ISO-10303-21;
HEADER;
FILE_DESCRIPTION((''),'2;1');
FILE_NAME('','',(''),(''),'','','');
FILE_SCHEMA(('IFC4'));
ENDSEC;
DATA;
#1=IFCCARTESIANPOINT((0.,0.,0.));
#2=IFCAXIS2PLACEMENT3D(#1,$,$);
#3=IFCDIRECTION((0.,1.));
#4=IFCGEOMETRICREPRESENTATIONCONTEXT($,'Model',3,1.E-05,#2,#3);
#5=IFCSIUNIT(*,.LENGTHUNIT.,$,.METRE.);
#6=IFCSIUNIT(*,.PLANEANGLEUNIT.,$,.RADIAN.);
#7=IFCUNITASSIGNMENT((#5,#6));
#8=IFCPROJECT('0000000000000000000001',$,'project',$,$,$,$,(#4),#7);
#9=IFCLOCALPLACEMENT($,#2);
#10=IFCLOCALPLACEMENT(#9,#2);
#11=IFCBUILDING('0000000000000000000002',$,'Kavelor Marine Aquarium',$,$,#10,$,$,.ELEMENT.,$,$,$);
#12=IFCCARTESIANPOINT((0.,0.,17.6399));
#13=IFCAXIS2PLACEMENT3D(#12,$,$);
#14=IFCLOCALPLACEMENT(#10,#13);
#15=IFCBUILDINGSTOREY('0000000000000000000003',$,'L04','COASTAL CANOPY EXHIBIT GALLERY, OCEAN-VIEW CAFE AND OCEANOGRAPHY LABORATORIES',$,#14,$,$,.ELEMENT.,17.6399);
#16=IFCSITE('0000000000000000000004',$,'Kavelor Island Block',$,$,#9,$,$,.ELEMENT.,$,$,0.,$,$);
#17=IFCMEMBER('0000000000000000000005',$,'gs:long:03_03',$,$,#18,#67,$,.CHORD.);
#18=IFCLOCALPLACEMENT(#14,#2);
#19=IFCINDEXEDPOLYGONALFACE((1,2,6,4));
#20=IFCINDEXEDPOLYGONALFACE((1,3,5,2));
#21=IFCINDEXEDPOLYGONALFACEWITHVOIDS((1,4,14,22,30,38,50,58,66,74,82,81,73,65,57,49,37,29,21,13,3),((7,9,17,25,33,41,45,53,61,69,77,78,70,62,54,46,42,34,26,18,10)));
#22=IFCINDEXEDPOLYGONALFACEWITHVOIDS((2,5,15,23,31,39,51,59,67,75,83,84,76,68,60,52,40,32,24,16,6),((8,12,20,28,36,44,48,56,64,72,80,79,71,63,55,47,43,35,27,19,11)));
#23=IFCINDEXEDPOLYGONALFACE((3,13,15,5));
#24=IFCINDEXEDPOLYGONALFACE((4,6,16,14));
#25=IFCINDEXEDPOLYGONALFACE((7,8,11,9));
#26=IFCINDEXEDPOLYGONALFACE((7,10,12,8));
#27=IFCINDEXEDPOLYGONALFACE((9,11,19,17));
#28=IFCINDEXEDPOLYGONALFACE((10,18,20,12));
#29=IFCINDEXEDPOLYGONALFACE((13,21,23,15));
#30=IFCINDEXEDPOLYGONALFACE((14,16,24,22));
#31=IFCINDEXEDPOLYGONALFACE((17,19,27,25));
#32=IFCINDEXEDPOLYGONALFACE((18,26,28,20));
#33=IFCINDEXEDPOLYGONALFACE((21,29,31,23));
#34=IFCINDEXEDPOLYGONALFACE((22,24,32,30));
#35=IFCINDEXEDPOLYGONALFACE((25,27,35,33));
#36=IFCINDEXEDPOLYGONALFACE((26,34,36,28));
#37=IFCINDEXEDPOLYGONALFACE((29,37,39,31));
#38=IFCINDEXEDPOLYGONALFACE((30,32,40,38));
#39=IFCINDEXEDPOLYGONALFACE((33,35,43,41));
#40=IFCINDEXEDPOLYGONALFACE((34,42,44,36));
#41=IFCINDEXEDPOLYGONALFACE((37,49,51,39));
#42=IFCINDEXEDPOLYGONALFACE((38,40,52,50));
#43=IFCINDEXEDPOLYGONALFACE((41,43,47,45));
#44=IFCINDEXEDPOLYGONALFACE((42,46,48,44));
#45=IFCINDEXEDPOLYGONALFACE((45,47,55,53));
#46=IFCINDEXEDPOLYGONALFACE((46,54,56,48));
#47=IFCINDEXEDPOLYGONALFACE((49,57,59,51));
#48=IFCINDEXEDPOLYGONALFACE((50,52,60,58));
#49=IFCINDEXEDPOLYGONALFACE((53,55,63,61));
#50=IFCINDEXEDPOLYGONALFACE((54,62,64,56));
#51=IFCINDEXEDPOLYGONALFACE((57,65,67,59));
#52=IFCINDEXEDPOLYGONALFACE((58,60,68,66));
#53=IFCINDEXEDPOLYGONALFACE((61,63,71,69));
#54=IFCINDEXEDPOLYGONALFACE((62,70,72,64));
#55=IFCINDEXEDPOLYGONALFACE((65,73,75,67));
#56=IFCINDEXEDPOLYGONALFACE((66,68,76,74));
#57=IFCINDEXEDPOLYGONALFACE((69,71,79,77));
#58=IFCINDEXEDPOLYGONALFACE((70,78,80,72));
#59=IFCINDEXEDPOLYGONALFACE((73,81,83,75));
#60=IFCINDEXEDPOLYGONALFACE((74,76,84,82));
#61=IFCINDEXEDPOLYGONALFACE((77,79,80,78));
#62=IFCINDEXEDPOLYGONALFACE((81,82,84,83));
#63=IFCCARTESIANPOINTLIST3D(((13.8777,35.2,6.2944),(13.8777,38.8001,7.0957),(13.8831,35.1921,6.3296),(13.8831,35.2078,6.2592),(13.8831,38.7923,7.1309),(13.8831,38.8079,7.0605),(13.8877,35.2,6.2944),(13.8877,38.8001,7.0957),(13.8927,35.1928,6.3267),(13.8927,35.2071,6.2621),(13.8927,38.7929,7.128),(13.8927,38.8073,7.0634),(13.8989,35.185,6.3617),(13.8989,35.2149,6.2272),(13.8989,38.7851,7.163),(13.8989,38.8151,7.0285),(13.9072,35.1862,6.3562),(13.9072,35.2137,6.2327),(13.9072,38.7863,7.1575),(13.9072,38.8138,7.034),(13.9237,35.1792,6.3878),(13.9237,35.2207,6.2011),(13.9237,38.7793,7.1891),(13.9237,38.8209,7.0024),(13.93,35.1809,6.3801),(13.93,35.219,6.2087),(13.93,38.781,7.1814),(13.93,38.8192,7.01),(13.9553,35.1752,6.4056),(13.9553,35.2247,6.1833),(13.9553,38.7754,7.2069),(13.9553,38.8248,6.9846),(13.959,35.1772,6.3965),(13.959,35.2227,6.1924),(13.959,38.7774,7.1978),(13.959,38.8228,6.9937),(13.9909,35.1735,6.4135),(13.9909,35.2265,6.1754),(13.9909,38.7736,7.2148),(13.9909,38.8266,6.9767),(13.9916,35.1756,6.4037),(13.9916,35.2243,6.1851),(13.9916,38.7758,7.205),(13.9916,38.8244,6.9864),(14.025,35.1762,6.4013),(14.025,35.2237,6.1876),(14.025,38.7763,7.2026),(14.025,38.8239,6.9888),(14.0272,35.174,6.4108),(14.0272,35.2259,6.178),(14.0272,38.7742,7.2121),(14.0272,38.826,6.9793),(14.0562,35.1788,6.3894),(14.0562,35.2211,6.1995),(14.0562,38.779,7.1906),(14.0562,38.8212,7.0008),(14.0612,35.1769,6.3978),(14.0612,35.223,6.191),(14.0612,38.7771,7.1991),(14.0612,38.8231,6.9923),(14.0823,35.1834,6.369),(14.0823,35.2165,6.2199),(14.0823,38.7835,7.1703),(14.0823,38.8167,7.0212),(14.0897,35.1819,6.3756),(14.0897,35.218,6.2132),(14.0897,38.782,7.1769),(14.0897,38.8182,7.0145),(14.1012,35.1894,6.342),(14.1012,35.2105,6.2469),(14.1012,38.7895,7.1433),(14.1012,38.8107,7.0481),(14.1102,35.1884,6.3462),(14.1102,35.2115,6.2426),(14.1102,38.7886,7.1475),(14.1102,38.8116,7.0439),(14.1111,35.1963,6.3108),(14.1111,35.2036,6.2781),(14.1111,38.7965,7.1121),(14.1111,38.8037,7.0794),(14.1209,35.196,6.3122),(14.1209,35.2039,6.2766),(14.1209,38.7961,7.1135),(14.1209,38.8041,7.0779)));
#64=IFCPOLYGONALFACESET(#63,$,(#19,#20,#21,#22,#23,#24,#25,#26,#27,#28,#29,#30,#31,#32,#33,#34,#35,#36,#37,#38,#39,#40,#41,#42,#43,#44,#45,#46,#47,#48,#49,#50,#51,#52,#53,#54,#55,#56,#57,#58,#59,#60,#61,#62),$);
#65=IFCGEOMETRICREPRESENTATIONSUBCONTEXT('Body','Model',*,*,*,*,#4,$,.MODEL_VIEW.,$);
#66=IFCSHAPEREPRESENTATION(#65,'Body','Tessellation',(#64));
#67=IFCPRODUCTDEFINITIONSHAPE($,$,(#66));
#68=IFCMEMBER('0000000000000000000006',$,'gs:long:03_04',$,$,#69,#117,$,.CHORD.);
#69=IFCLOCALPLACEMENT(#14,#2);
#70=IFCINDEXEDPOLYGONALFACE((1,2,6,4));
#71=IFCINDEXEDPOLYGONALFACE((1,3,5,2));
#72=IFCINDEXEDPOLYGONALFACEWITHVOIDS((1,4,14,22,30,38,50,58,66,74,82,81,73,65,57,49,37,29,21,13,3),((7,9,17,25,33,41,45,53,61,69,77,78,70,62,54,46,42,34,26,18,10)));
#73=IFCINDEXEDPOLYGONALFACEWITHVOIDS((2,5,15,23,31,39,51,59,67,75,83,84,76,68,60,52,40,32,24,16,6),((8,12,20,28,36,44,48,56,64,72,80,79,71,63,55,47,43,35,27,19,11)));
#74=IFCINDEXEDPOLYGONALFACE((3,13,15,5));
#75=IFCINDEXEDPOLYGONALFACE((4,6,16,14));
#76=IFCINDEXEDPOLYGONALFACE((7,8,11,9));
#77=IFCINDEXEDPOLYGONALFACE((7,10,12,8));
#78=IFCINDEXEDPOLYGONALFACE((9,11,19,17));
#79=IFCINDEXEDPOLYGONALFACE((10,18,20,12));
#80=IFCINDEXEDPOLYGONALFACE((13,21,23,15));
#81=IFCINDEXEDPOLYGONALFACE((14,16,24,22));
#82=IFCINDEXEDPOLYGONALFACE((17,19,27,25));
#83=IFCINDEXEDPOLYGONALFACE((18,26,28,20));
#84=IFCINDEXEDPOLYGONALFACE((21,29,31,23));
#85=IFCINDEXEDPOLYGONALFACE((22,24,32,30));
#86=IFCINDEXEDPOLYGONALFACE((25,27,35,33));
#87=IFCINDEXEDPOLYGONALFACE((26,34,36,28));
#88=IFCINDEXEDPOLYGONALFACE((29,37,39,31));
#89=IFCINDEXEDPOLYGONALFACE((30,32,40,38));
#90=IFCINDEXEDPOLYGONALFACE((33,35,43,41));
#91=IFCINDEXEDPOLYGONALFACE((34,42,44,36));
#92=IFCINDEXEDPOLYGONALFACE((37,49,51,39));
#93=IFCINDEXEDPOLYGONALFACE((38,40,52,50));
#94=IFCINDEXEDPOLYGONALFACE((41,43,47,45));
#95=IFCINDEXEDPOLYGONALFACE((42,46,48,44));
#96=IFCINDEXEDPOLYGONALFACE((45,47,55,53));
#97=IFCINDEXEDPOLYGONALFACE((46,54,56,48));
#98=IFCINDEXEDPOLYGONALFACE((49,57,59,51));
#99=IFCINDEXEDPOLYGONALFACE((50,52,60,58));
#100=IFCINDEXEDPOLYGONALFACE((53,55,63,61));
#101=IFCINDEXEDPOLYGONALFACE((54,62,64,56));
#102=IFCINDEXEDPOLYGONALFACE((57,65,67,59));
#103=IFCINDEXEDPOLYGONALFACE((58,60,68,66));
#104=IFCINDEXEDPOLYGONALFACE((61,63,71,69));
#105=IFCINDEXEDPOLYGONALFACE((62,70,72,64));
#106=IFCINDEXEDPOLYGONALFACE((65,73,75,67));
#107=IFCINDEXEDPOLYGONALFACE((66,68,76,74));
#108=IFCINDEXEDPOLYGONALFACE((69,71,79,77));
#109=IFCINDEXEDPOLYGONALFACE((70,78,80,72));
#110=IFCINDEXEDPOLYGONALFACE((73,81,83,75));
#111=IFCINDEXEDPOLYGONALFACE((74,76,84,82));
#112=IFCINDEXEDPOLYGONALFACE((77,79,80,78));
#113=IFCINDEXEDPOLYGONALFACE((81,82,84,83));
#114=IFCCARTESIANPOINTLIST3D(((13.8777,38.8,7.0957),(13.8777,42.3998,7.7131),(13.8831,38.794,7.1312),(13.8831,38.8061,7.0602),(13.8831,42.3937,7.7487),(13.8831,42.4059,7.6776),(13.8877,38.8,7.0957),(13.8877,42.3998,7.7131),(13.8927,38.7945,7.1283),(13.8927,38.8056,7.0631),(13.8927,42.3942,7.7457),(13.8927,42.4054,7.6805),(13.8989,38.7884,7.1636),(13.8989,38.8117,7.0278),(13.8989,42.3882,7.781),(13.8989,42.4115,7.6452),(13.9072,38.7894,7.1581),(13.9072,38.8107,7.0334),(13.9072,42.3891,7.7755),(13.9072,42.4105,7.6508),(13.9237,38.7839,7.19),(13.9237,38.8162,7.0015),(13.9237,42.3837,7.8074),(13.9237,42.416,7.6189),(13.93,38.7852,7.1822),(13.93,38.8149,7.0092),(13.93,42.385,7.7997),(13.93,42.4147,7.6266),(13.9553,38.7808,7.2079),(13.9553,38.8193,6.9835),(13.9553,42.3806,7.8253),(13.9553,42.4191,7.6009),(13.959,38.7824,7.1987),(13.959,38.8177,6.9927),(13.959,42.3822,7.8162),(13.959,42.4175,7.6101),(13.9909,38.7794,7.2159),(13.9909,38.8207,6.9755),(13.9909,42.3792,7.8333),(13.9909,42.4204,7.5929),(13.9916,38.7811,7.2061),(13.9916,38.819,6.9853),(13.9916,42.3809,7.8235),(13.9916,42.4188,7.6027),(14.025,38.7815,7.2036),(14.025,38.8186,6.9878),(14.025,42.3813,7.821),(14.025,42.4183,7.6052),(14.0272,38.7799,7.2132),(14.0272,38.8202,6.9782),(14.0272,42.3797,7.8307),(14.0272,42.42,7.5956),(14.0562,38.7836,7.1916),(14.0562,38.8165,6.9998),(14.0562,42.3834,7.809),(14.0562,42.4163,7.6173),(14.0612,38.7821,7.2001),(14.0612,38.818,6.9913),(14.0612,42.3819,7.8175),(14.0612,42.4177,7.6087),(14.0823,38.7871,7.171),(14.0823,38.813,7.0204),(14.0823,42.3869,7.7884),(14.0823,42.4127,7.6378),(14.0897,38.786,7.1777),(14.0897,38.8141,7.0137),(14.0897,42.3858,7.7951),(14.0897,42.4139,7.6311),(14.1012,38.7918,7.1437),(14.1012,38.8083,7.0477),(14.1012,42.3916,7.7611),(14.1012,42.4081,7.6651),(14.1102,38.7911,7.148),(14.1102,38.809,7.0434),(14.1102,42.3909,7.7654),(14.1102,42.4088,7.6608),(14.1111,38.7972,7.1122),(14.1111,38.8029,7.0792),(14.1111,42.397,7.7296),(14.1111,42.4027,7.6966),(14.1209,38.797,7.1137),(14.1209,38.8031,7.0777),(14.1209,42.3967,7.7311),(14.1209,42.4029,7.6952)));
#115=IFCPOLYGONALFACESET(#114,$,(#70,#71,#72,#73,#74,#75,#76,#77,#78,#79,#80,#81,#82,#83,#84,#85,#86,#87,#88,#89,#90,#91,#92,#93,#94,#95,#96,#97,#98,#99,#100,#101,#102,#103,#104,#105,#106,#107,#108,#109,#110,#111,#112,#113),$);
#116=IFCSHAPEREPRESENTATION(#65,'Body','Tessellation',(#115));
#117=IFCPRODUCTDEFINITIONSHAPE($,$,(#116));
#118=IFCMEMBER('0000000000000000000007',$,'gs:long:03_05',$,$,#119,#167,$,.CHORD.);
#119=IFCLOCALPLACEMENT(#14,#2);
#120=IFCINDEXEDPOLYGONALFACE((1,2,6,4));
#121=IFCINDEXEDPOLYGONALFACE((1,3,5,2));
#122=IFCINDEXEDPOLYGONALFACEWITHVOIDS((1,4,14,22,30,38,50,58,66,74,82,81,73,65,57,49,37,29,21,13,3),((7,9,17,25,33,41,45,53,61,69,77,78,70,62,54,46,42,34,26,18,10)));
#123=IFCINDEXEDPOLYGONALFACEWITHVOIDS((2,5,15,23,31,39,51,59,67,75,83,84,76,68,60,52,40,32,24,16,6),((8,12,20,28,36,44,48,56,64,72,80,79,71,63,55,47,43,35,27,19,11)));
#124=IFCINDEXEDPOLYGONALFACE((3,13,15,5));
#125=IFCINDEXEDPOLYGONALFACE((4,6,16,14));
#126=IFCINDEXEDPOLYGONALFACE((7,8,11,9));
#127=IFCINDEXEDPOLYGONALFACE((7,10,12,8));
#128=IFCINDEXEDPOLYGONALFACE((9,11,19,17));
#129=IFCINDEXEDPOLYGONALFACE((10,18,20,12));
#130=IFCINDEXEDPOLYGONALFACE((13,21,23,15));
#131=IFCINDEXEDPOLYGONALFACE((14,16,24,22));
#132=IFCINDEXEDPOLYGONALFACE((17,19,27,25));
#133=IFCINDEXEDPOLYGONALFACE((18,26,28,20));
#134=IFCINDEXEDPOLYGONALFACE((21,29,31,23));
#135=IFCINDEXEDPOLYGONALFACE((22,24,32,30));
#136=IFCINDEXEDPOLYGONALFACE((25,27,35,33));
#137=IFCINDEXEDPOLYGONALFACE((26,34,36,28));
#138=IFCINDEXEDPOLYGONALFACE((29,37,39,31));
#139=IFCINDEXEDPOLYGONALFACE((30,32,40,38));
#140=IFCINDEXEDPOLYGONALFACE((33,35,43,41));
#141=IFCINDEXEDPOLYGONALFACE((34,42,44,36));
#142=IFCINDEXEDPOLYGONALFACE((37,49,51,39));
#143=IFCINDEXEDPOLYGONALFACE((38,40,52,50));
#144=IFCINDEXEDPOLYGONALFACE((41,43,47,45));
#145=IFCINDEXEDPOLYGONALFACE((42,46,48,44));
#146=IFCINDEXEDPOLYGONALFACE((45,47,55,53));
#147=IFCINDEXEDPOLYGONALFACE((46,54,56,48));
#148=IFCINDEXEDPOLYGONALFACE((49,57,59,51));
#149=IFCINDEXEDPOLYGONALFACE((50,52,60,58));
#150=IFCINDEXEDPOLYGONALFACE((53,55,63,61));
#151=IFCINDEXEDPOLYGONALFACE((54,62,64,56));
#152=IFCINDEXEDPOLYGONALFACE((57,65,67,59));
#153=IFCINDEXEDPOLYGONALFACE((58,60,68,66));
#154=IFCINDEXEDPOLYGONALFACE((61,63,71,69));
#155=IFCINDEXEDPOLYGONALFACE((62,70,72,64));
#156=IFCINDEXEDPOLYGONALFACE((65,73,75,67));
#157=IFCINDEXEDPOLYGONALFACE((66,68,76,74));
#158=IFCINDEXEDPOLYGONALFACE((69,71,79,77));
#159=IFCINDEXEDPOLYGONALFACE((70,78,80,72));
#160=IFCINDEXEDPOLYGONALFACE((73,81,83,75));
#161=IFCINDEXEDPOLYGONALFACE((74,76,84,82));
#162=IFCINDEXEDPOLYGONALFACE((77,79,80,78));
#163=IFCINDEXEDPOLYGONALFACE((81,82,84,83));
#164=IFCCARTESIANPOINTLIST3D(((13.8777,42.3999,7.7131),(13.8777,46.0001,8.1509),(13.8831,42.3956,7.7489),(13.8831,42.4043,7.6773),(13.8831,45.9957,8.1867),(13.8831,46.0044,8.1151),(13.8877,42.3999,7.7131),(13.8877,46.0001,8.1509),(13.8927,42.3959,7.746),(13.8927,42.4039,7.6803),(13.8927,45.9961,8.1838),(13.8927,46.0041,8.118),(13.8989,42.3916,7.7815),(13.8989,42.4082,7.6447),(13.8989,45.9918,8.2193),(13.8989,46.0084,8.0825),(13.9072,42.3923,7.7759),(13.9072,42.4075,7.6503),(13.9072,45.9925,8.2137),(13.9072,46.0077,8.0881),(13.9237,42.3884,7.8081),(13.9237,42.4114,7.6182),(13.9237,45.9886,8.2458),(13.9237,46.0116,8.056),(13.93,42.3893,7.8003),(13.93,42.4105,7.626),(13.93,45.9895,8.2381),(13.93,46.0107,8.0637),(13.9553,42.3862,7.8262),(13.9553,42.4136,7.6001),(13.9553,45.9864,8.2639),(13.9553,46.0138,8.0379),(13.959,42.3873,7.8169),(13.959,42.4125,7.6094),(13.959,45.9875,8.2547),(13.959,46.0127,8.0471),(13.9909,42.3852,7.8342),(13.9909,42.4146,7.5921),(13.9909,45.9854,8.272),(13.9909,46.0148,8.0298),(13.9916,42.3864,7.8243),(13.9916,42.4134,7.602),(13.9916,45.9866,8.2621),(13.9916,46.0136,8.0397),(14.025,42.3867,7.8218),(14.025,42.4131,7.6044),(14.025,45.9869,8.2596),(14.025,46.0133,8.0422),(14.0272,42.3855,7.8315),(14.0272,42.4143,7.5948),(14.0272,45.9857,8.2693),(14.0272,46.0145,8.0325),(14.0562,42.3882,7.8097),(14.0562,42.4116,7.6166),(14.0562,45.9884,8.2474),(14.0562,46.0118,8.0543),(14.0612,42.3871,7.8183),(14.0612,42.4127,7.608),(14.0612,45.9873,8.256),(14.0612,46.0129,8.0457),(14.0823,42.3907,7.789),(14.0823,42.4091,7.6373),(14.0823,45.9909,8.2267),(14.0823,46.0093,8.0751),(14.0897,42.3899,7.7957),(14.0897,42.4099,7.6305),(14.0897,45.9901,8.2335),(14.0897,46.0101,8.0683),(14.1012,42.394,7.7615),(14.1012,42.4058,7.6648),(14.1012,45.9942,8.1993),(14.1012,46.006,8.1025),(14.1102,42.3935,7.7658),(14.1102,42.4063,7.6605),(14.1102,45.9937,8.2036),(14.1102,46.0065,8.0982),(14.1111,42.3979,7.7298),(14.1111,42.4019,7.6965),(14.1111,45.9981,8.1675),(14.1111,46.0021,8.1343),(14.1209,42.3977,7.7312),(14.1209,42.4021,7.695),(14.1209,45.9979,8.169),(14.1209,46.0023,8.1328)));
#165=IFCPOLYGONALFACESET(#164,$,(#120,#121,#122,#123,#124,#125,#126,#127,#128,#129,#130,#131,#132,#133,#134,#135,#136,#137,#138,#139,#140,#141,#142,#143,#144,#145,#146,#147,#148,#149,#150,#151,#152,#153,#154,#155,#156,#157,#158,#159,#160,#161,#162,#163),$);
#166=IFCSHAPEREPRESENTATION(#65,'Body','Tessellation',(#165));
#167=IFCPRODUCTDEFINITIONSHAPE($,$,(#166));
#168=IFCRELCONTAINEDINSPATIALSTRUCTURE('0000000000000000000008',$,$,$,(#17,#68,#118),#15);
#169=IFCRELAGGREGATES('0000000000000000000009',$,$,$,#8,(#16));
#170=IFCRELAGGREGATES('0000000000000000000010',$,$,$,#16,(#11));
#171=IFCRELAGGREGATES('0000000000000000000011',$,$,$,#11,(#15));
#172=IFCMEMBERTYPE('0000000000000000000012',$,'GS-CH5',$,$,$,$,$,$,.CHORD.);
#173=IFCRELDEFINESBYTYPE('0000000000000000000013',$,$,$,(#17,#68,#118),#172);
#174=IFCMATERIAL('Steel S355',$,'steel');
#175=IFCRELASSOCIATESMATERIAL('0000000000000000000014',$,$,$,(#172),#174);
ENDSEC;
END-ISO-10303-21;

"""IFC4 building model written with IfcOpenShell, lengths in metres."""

from ifc_helpers import new_model, si_unit, direction, frame, origin, origin_2d, place, context, subcontext, project, spatial, hollow_circle, extrude, material, material_profile, profile_set, type_object, element, save


model = new_model("IFC4")

# Units and contexts
model_context = context("Model", 3, precision=1e-05, world=origin(), true_north=direction((0.0, 1.0)))
body_context = subcontext(model_context, "Body", "Model", "MODEL_VIEW")
ifc_project = project(units=[si_unit("LENGTHUNIT", "METRE"), si_unit("PLANEANGLEUNIT", "RADIAN")], contexts=[model_context])

# Site, building, storey
site_placement = place(None, origin())
site = spatial("IfcSite", under=ifc_project, at=site_placement, Name="Kavelor Island Block", CompositionType="ELEMENT", RefElevation=0.0)
building_placement = place(site_placement, origin())
building = spatial("IfcBuilding", under=site, at=building_placement, Name="Kavelor Marine Aquarium", CompositionType="ELEMENT")
storey_placement = place(building_placement, frame((0.0, 0.0, 17.6399)))
storey = spatial("IfcBuildingStorey", under=building, at=storey_placement, Name="L04", Description="COASTAL CANOPY EXHIBIT GALLERY, OCEAN-VIEW CAFE AND OCEANOGRAPHY LABORATORIES", CompositionType="ELEMENT", Elevation=17.6399)

# Members
ifc_material_1 = material(Name="Steel S355", Category="steel")
ifc_material_profile_1 = material_profile(ifc_material_1, hollow_circle(Radius=0.1223, WallThickness=0.01, at=origin_2d()), Name="CHS 244.5x10.0")
ifc_profile_set_1 = profile_set([ifc_material_profile_1], Name="Steel S355")
member_type_1 = type_object("IfcMemberType", Name="GS-CH5", PredefinedType="CHORD", material=ifc_profile_set_1)
member_1_placement = place(storey_placement, frame((14.0, 35.2, 6.2944), z_axis=(0.0, 0.976115, 0.217253), x_axis=(-1.0, 0.0, 0.0)))
element("IfcMember", 1, at=member_1_placement, inside=storey, type_object=member_type_1, Name="gs:long:03_03", PredefinedType="CHORD", context=body_context, shape_type="SweptSolid", body=[
    extrude(hollow_circle(Radius=0.1223, WallThickness=0.01, at=origin_2d()), origin(), (0.0, 0.0, 1.0), 3.6882),
])
member_2_placement = place(storey_placement, frame((14.0, 38.8, 7.0957), z_axis=(0.0, 0.985608, 0.169047), x_axis=(-1.0, 0.0, 0.0)))
element("IfcMember", 2, at=member_2_placement, inside=storey, type_object=member_type_1, Name="gs:long:03_04", PredefinedType="CHORD", context=body_context, shape_type="SweptSolid", body=[
    extrude(hollow_circle(Radius=0.1223, WallThickness=0.01, at=origin_2d()), origin(), (0.0, 0.0, 1.0), 3.6523),
])
member_3_placement = place(storey_placement, frame((14.0, 42.3999, 7.7131), z_axis=(0.0, 0.992689, 0.120703), x_axis=(-1.0, 0.0, 0.0)))
element("IfcMember", 3, at=member_3_placement, inside=storey, type_object=member_type_1, Name="gs:long:03_05", PredefinedType="CHORD", context=body_context, shape_type="SweptSolid", body=[
    extrude(hollow_circle(Radius=0.1223, WallThickness=0.01, at=origin_2d()), origin(), (0.0, 0.0, 1.0), 3.6267),
])

save(model, "model.ifc")
